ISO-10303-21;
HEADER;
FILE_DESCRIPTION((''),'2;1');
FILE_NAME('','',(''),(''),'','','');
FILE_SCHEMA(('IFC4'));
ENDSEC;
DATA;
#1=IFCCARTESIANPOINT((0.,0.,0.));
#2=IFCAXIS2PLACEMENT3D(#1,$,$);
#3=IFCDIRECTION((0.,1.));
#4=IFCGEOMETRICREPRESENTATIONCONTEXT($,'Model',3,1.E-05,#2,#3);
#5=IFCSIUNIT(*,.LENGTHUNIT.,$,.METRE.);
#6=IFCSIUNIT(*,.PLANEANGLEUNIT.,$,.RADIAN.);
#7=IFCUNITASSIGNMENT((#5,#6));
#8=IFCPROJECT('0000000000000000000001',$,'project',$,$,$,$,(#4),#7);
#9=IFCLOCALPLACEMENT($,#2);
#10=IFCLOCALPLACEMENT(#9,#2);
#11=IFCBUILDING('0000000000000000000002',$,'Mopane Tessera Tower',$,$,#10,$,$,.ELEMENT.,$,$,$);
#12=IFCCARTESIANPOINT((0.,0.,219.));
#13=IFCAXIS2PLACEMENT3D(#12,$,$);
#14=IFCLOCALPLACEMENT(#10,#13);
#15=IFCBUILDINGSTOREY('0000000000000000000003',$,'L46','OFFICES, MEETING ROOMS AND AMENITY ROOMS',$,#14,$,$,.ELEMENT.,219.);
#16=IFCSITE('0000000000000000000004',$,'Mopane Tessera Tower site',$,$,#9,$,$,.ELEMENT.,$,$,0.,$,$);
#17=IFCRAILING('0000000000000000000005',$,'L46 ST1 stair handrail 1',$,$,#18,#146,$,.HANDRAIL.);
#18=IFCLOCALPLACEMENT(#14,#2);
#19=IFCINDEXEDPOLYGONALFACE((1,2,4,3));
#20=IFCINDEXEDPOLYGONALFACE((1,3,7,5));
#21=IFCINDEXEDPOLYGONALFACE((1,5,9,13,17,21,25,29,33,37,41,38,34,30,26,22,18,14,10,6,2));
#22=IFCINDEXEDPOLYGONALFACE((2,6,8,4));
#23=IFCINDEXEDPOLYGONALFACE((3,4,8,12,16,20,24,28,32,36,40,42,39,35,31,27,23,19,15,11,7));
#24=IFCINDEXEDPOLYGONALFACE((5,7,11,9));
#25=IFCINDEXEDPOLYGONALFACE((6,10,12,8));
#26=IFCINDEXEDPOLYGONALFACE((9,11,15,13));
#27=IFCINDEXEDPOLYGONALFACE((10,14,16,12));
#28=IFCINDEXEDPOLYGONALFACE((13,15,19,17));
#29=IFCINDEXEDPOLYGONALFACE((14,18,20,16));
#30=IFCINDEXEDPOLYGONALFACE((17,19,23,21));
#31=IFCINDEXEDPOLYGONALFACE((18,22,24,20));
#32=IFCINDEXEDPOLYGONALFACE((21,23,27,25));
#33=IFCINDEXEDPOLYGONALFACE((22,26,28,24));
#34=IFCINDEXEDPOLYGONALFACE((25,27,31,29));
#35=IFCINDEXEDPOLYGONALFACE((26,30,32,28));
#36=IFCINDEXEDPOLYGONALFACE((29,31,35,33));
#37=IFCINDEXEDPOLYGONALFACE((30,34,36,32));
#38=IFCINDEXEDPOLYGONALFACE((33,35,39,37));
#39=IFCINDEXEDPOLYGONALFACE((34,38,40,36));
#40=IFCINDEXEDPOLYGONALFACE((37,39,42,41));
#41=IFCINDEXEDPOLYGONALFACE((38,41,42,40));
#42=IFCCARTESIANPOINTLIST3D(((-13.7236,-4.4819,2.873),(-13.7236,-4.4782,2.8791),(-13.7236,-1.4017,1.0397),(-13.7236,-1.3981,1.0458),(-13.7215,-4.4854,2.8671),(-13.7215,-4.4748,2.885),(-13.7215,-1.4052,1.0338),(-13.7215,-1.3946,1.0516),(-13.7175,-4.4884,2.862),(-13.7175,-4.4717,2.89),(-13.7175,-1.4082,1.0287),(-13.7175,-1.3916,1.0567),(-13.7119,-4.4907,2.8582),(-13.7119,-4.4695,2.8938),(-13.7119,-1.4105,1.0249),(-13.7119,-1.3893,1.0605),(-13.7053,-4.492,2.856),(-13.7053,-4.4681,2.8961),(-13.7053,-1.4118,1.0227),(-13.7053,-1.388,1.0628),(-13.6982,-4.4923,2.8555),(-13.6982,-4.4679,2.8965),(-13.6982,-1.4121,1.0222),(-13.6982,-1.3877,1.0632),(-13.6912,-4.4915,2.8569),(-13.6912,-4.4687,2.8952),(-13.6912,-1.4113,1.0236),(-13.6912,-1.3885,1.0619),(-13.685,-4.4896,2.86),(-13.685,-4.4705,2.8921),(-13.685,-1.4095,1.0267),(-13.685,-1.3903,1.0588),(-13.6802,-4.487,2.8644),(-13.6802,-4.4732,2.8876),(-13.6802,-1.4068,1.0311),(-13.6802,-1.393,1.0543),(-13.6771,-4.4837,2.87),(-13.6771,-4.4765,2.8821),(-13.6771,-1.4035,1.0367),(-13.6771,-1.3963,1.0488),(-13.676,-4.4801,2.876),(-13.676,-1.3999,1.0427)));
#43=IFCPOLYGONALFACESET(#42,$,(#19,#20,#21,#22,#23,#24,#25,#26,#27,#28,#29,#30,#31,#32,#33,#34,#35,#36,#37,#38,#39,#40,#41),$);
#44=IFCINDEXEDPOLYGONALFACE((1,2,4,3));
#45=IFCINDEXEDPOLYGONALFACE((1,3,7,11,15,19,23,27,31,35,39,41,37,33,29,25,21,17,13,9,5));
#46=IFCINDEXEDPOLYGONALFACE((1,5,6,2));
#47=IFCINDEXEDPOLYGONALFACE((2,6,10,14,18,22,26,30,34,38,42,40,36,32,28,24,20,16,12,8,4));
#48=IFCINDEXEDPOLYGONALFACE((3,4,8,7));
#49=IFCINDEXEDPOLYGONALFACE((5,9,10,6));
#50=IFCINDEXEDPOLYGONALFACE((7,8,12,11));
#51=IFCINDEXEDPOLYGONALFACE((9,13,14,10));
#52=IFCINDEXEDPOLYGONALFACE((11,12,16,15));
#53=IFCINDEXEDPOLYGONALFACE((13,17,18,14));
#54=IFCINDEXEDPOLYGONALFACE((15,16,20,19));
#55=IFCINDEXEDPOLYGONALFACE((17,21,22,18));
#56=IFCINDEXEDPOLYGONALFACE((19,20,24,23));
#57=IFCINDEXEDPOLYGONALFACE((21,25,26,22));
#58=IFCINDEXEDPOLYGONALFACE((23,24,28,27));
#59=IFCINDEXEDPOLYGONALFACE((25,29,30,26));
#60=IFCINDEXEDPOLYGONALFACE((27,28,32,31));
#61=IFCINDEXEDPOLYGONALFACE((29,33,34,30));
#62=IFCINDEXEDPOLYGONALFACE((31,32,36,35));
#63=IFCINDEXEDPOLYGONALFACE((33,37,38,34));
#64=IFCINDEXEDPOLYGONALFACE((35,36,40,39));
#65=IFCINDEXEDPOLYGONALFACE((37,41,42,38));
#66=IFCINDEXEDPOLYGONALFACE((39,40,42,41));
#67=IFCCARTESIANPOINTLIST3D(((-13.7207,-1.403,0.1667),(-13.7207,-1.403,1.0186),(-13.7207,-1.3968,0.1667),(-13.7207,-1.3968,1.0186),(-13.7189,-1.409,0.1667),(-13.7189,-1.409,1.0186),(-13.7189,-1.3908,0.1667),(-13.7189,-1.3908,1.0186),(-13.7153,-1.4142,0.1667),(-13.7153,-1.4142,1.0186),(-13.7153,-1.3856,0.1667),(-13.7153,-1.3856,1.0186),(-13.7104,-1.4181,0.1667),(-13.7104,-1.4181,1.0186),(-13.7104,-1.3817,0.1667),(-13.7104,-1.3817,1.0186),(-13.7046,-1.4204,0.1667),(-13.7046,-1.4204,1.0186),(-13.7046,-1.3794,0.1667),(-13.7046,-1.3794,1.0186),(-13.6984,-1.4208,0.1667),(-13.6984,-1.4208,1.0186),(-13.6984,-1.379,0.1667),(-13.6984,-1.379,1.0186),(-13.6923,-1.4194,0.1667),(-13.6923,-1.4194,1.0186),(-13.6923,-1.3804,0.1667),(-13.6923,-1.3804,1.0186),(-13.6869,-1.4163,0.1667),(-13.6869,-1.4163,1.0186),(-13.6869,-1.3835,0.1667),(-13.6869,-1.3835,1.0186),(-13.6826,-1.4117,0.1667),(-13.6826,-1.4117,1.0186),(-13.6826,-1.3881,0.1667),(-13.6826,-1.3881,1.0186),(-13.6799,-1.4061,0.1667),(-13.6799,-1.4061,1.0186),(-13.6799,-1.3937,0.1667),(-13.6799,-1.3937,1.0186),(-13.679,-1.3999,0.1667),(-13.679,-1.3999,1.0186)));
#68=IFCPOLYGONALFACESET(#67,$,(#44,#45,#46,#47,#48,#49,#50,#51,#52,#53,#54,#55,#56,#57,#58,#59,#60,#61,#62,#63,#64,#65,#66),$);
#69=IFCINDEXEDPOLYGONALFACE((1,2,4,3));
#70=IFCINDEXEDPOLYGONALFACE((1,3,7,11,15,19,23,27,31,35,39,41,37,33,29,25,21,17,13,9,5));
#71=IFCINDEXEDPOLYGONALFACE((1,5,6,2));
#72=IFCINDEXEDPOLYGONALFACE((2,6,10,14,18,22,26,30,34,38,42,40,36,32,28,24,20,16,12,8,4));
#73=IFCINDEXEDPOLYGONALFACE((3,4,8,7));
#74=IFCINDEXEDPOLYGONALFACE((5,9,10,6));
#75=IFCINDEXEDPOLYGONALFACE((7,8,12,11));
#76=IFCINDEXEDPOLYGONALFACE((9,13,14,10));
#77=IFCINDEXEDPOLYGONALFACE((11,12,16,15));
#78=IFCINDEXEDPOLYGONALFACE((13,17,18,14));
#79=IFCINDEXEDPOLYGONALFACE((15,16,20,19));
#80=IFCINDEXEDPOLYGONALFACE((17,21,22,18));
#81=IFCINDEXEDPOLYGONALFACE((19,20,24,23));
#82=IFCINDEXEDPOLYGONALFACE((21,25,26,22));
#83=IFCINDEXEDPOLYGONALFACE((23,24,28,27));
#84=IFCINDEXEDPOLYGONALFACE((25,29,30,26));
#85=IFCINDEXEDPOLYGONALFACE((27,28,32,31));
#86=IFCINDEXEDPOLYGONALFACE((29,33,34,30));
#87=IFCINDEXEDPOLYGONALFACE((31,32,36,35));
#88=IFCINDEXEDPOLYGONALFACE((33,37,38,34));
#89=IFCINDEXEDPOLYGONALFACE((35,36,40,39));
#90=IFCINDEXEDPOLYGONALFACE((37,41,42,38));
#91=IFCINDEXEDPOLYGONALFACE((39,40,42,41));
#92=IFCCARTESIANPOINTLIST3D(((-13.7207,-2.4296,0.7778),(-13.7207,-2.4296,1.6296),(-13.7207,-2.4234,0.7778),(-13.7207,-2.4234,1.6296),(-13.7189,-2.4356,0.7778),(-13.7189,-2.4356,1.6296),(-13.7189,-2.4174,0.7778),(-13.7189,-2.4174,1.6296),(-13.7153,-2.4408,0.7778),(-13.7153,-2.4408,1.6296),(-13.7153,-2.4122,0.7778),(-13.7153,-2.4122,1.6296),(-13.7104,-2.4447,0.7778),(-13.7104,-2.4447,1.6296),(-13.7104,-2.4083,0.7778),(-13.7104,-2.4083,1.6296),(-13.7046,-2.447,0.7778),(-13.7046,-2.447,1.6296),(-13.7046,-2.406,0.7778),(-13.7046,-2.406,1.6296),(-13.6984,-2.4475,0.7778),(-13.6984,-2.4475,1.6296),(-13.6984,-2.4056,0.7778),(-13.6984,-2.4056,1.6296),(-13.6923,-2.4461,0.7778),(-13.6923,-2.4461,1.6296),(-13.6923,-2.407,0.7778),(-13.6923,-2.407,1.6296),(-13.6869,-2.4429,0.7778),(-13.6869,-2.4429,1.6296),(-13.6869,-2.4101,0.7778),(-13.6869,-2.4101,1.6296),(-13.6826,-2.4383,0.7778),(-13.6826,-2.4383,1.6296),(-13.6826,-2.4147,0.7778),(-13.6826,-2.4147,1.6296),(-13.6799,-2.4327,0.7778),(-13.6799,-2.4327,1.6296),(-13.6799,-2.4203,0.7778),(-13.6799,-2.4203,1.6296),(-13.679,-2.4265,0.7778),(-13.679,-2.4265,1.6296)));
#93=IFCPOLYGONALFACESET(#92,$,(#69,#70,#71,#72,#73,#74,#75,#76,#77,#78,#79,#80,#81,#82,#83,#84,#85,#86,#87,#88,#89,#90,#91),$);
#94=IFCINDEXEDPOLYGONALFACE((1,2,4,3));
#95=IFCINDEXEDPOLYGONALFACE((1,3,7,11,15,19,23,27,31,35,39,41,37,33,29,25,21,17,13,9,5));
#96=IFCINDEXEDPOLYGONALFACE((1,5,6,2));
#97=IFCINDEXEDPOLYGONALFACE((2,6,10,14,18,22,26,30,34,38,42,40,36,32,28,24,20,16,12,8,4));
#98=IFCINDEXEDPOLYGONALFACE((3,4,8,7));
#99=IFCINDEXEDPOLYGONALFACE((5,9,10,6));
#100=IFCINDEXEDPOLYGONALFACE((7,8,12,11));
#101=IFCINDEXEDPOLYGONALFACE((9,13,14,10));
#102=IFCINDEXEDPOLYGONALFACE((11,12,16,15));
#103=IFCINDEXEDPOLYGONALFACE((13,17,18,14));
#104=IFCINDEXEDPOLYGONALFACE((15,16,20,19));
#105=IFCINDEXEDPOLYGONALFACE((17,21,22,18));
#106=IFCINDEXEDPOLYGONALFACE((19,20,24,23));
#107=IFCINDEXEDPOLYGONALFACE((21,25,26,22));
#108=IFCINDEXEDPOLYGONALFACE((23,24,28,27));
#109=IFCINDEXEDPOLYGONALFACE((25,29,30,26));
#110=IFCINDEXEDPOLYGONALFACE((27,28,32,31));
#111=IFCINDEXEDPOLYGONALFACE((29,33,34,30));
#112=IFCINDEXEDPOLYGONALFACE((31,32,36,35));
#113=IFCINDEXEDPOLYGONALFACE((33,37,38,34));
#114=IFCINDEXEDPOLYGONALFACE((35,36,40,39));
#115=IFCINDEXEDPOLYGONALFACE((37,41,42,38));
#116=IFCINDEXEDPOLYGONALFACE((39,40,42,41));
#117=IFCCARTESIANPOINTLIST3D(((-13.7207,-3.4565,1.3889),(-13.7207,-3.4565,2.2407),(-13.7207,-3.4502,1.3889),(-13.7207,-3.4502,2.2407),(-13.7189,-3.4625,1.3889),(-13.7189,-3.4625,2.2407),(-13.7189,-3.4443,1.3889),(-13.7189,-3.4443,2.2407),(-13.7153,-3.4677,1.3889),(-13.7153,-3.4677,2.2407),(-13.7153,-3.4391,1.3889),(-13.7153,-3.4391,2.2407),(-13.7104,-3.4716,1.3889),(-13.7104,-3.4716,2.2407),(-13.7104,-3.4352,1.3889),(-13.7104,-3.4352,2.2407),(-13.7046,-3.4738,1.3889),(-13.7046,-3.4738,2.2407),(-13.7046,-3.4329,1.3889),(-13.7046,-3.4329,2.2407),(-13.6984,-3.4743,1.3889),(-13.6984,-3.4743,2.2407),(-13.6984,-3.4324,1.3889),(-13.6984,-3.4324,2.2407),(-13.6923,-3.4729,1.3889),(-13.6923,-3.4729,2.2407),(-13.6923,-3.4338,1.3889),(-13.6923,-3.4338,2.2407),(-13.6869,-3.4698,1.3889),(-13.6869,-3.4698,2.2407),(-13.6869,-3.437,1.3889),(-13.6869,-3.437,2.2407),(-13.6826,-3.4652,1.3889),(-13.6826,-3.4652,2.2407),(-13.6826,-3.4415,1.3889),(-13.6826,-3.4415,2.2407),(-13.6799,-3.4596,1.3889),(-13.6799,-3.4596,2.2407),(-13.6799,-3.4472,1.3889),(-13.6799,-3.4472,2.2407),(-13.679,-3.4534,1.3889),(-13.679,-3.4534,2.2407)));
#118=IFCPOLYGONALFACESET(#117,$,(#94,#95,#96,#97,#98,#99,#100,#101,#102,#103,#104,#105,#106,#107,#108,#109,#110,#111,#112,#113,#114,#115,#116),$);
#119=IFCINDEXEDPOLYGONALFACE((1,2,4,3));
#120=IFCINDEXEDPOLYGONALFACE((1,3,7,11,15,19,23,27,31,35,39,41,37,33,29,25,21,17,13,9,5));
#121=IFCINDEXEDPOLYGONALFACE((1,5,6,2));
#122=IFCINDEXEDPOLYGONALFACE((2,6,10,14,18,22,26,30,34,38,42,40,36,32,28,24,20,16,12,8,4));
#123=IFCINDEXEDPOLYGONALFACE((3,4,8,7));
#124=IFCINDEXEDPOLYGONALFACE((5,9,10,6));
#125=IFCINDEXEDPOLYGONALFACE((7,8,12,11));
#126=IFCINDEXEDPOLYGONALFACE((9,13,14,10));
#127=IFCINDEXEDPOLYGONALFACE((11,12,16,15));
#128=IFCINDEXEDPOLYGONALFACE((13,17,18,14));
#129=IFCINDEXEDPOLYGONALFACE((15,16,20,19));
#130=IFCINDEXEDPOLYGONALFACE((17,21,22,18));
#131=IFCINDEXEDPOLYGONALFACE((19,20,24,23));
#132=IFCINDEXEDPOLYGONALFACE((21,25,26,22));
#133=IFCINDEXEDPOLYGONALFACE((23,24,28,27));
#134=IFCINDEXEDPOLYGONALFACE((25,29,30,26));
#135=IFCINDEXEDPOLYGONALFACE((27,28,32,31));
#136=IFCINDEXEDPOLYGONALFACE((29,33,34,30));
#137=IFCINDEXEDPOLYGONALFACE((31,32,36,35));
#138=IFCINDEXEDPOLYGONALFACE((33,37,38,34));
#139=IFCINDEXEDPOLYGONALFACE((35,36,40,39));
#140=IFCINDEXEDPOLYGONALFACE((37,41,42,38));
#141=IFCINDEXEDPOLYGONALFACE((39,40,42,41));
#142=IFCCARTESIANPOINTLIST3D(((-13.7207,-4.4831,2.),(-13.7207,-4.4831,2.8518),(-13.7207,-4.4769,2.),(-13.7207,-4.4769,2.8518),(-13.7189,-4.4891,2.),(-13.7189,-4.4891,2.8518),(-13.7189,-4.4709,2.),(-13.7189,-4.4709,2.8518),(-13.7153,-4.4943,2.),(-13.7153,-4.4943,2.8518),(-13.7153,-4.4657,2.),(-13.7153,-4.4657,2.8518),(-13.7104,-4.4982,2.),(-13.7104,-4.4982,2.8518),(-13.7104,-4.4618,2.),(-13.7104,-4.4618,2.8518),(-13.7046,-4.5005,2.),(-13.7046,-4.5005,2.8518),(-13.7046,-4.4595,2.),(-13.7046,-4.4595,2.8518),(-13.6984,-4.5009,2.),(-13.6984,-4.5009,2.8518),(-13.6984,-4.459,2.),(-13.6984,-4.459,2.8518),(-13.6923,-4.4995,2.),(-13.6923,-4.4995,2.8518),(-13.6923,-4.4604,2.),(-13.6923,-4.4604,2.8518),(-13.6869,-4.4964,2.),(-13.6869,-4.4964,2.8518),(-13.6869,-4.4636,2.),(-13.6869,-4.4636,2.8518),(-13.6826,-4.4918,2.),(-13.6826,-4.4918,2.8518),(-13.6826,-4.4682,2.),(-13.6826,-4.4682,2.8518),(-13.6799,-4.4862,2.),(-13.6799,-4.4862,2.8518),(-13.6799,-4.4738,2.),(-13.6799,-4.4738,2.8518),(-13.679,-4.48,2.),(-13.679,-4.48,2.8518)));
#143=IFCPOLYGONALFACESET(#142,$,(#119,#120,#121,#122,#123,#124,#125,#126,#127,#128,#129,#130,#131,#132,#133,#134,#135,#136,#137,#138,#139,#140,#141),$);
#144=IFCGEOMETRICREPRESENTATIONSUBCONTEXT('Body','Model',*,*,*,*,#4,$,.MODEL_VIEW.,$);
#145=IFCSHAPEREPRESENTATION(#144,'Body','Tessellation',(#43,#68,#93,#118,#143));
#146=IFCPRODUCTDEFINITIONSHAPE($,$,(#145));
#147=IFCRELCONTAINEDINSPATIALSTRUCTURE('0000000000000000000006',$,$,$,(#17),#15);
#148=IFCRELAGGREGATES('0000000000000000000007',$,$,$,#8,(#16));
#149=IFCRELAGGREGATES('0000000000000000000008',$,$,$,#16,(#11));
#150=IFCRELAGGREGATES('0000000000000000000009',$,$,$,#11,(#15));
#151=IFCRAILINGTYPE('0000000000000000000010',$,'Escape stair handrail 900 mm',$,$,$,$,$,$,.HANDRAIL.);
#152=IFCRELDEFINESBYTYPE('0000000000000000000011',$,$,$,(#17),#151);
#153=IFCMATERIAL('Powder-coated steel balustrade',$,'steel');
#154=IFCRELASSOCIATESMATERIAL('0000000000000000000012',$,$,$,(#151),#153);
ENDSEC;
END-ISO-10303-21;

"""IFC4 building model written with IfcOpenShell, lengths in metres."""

from ifc_helpers import new_model, si_unit, direction, frame, origin, origin_2d, place, context, subcontext, project, spatial, circle, extrude, material, type_object, element, save


model = new_model("IFC4")

# Units and contexts
model_context = context("Model", 3, precision=1e-05, world=origin(), true_north=direction((0.0, 1.0)))
body_context = subcontext(model_context, "Body", "Model", "MODEL_VIEW")
ifc_project = project(units=[si_unit("LENGTHUNIT", "METRE"), si_unit("PLANEANGLEUNIT", "RADIAN")], contexts=[model_context])

# Site, building, storey
site_placement = place(None, origin())
site = spatial("IfcSite", under=ifc_project, at=site_placement, Name="Mopane Tessera Tower site", CompositionType="ELEMENT", RefElevation=0.0)
building_placement = place(site_placement, origin())
building = spatial("IfcBuilding", under=site, at=building_placement, Name="Mopane Tessera Tower", CompositionType="ELEMENT")
storey_placement = place(building_placement, frame((0.0, 0.0, 219.0)))
storey = spatial("IfcBuildingStorey", under=building, at=storey_placement, Name="L46", Description="OFFICES, MEETING ROOMS AND AMENITY ROOMS", CompositionType="ELEMENT", Elevation=219.0)

# Railing
ifc_material_1 = material(Name="Powder-coated steel balustrade", Category="steel")
railing_type_1 = type_object("IfcRailingType", Name="Escape stair handrail 900 mm", PredefinedType="HANDRAIL", material=ifc_material_1)
railing_1_placement = place(storey_placement, frame((-13.7, -1.3999, 0.1667)))
element("IfcRailing", 1, at=railing_1_placement, inside=storey, type_object=railing_type_1, Name="L46 ST1 stair handrail 1", PredefinedType="HANDRAIL", context=body_context, shape_type="SweptSolid", body=[
    extrude(circle(Radius=0.0239, at=origin_2d()), frame((0.0, 0.0, 0.876), z_axis=(0.0, -0.859309, 0.511458), x_axis=(1.0, 0.0, 0.0)), (0.0, 0.0, 1.0), 3.5845),
    extrude(circle(Radius=0.021, at=origin_2d()), origin(), (0.0, 0.0, 1.0), 0.8518),
    extrude(circle(Radius=0.021, at=origin_2d()), frame((0.0, -1.0266, 0.6111)), (0.0, 0.0, 1.0), 0.8518),
    extrude(circle(Radius=0.021, at=origin_2d()), frame((0.0, -2.0535, 1.2222)), (0.0, 0.0, 1.0), 0.8518),
    extrude(circle(Radius=0.021, at=origin_2d()), frame((0.0, -3.0801, 1.8333)), (0.0, 0.0, 1.0), 0.8518),
])

save(model, "model.ifc")
